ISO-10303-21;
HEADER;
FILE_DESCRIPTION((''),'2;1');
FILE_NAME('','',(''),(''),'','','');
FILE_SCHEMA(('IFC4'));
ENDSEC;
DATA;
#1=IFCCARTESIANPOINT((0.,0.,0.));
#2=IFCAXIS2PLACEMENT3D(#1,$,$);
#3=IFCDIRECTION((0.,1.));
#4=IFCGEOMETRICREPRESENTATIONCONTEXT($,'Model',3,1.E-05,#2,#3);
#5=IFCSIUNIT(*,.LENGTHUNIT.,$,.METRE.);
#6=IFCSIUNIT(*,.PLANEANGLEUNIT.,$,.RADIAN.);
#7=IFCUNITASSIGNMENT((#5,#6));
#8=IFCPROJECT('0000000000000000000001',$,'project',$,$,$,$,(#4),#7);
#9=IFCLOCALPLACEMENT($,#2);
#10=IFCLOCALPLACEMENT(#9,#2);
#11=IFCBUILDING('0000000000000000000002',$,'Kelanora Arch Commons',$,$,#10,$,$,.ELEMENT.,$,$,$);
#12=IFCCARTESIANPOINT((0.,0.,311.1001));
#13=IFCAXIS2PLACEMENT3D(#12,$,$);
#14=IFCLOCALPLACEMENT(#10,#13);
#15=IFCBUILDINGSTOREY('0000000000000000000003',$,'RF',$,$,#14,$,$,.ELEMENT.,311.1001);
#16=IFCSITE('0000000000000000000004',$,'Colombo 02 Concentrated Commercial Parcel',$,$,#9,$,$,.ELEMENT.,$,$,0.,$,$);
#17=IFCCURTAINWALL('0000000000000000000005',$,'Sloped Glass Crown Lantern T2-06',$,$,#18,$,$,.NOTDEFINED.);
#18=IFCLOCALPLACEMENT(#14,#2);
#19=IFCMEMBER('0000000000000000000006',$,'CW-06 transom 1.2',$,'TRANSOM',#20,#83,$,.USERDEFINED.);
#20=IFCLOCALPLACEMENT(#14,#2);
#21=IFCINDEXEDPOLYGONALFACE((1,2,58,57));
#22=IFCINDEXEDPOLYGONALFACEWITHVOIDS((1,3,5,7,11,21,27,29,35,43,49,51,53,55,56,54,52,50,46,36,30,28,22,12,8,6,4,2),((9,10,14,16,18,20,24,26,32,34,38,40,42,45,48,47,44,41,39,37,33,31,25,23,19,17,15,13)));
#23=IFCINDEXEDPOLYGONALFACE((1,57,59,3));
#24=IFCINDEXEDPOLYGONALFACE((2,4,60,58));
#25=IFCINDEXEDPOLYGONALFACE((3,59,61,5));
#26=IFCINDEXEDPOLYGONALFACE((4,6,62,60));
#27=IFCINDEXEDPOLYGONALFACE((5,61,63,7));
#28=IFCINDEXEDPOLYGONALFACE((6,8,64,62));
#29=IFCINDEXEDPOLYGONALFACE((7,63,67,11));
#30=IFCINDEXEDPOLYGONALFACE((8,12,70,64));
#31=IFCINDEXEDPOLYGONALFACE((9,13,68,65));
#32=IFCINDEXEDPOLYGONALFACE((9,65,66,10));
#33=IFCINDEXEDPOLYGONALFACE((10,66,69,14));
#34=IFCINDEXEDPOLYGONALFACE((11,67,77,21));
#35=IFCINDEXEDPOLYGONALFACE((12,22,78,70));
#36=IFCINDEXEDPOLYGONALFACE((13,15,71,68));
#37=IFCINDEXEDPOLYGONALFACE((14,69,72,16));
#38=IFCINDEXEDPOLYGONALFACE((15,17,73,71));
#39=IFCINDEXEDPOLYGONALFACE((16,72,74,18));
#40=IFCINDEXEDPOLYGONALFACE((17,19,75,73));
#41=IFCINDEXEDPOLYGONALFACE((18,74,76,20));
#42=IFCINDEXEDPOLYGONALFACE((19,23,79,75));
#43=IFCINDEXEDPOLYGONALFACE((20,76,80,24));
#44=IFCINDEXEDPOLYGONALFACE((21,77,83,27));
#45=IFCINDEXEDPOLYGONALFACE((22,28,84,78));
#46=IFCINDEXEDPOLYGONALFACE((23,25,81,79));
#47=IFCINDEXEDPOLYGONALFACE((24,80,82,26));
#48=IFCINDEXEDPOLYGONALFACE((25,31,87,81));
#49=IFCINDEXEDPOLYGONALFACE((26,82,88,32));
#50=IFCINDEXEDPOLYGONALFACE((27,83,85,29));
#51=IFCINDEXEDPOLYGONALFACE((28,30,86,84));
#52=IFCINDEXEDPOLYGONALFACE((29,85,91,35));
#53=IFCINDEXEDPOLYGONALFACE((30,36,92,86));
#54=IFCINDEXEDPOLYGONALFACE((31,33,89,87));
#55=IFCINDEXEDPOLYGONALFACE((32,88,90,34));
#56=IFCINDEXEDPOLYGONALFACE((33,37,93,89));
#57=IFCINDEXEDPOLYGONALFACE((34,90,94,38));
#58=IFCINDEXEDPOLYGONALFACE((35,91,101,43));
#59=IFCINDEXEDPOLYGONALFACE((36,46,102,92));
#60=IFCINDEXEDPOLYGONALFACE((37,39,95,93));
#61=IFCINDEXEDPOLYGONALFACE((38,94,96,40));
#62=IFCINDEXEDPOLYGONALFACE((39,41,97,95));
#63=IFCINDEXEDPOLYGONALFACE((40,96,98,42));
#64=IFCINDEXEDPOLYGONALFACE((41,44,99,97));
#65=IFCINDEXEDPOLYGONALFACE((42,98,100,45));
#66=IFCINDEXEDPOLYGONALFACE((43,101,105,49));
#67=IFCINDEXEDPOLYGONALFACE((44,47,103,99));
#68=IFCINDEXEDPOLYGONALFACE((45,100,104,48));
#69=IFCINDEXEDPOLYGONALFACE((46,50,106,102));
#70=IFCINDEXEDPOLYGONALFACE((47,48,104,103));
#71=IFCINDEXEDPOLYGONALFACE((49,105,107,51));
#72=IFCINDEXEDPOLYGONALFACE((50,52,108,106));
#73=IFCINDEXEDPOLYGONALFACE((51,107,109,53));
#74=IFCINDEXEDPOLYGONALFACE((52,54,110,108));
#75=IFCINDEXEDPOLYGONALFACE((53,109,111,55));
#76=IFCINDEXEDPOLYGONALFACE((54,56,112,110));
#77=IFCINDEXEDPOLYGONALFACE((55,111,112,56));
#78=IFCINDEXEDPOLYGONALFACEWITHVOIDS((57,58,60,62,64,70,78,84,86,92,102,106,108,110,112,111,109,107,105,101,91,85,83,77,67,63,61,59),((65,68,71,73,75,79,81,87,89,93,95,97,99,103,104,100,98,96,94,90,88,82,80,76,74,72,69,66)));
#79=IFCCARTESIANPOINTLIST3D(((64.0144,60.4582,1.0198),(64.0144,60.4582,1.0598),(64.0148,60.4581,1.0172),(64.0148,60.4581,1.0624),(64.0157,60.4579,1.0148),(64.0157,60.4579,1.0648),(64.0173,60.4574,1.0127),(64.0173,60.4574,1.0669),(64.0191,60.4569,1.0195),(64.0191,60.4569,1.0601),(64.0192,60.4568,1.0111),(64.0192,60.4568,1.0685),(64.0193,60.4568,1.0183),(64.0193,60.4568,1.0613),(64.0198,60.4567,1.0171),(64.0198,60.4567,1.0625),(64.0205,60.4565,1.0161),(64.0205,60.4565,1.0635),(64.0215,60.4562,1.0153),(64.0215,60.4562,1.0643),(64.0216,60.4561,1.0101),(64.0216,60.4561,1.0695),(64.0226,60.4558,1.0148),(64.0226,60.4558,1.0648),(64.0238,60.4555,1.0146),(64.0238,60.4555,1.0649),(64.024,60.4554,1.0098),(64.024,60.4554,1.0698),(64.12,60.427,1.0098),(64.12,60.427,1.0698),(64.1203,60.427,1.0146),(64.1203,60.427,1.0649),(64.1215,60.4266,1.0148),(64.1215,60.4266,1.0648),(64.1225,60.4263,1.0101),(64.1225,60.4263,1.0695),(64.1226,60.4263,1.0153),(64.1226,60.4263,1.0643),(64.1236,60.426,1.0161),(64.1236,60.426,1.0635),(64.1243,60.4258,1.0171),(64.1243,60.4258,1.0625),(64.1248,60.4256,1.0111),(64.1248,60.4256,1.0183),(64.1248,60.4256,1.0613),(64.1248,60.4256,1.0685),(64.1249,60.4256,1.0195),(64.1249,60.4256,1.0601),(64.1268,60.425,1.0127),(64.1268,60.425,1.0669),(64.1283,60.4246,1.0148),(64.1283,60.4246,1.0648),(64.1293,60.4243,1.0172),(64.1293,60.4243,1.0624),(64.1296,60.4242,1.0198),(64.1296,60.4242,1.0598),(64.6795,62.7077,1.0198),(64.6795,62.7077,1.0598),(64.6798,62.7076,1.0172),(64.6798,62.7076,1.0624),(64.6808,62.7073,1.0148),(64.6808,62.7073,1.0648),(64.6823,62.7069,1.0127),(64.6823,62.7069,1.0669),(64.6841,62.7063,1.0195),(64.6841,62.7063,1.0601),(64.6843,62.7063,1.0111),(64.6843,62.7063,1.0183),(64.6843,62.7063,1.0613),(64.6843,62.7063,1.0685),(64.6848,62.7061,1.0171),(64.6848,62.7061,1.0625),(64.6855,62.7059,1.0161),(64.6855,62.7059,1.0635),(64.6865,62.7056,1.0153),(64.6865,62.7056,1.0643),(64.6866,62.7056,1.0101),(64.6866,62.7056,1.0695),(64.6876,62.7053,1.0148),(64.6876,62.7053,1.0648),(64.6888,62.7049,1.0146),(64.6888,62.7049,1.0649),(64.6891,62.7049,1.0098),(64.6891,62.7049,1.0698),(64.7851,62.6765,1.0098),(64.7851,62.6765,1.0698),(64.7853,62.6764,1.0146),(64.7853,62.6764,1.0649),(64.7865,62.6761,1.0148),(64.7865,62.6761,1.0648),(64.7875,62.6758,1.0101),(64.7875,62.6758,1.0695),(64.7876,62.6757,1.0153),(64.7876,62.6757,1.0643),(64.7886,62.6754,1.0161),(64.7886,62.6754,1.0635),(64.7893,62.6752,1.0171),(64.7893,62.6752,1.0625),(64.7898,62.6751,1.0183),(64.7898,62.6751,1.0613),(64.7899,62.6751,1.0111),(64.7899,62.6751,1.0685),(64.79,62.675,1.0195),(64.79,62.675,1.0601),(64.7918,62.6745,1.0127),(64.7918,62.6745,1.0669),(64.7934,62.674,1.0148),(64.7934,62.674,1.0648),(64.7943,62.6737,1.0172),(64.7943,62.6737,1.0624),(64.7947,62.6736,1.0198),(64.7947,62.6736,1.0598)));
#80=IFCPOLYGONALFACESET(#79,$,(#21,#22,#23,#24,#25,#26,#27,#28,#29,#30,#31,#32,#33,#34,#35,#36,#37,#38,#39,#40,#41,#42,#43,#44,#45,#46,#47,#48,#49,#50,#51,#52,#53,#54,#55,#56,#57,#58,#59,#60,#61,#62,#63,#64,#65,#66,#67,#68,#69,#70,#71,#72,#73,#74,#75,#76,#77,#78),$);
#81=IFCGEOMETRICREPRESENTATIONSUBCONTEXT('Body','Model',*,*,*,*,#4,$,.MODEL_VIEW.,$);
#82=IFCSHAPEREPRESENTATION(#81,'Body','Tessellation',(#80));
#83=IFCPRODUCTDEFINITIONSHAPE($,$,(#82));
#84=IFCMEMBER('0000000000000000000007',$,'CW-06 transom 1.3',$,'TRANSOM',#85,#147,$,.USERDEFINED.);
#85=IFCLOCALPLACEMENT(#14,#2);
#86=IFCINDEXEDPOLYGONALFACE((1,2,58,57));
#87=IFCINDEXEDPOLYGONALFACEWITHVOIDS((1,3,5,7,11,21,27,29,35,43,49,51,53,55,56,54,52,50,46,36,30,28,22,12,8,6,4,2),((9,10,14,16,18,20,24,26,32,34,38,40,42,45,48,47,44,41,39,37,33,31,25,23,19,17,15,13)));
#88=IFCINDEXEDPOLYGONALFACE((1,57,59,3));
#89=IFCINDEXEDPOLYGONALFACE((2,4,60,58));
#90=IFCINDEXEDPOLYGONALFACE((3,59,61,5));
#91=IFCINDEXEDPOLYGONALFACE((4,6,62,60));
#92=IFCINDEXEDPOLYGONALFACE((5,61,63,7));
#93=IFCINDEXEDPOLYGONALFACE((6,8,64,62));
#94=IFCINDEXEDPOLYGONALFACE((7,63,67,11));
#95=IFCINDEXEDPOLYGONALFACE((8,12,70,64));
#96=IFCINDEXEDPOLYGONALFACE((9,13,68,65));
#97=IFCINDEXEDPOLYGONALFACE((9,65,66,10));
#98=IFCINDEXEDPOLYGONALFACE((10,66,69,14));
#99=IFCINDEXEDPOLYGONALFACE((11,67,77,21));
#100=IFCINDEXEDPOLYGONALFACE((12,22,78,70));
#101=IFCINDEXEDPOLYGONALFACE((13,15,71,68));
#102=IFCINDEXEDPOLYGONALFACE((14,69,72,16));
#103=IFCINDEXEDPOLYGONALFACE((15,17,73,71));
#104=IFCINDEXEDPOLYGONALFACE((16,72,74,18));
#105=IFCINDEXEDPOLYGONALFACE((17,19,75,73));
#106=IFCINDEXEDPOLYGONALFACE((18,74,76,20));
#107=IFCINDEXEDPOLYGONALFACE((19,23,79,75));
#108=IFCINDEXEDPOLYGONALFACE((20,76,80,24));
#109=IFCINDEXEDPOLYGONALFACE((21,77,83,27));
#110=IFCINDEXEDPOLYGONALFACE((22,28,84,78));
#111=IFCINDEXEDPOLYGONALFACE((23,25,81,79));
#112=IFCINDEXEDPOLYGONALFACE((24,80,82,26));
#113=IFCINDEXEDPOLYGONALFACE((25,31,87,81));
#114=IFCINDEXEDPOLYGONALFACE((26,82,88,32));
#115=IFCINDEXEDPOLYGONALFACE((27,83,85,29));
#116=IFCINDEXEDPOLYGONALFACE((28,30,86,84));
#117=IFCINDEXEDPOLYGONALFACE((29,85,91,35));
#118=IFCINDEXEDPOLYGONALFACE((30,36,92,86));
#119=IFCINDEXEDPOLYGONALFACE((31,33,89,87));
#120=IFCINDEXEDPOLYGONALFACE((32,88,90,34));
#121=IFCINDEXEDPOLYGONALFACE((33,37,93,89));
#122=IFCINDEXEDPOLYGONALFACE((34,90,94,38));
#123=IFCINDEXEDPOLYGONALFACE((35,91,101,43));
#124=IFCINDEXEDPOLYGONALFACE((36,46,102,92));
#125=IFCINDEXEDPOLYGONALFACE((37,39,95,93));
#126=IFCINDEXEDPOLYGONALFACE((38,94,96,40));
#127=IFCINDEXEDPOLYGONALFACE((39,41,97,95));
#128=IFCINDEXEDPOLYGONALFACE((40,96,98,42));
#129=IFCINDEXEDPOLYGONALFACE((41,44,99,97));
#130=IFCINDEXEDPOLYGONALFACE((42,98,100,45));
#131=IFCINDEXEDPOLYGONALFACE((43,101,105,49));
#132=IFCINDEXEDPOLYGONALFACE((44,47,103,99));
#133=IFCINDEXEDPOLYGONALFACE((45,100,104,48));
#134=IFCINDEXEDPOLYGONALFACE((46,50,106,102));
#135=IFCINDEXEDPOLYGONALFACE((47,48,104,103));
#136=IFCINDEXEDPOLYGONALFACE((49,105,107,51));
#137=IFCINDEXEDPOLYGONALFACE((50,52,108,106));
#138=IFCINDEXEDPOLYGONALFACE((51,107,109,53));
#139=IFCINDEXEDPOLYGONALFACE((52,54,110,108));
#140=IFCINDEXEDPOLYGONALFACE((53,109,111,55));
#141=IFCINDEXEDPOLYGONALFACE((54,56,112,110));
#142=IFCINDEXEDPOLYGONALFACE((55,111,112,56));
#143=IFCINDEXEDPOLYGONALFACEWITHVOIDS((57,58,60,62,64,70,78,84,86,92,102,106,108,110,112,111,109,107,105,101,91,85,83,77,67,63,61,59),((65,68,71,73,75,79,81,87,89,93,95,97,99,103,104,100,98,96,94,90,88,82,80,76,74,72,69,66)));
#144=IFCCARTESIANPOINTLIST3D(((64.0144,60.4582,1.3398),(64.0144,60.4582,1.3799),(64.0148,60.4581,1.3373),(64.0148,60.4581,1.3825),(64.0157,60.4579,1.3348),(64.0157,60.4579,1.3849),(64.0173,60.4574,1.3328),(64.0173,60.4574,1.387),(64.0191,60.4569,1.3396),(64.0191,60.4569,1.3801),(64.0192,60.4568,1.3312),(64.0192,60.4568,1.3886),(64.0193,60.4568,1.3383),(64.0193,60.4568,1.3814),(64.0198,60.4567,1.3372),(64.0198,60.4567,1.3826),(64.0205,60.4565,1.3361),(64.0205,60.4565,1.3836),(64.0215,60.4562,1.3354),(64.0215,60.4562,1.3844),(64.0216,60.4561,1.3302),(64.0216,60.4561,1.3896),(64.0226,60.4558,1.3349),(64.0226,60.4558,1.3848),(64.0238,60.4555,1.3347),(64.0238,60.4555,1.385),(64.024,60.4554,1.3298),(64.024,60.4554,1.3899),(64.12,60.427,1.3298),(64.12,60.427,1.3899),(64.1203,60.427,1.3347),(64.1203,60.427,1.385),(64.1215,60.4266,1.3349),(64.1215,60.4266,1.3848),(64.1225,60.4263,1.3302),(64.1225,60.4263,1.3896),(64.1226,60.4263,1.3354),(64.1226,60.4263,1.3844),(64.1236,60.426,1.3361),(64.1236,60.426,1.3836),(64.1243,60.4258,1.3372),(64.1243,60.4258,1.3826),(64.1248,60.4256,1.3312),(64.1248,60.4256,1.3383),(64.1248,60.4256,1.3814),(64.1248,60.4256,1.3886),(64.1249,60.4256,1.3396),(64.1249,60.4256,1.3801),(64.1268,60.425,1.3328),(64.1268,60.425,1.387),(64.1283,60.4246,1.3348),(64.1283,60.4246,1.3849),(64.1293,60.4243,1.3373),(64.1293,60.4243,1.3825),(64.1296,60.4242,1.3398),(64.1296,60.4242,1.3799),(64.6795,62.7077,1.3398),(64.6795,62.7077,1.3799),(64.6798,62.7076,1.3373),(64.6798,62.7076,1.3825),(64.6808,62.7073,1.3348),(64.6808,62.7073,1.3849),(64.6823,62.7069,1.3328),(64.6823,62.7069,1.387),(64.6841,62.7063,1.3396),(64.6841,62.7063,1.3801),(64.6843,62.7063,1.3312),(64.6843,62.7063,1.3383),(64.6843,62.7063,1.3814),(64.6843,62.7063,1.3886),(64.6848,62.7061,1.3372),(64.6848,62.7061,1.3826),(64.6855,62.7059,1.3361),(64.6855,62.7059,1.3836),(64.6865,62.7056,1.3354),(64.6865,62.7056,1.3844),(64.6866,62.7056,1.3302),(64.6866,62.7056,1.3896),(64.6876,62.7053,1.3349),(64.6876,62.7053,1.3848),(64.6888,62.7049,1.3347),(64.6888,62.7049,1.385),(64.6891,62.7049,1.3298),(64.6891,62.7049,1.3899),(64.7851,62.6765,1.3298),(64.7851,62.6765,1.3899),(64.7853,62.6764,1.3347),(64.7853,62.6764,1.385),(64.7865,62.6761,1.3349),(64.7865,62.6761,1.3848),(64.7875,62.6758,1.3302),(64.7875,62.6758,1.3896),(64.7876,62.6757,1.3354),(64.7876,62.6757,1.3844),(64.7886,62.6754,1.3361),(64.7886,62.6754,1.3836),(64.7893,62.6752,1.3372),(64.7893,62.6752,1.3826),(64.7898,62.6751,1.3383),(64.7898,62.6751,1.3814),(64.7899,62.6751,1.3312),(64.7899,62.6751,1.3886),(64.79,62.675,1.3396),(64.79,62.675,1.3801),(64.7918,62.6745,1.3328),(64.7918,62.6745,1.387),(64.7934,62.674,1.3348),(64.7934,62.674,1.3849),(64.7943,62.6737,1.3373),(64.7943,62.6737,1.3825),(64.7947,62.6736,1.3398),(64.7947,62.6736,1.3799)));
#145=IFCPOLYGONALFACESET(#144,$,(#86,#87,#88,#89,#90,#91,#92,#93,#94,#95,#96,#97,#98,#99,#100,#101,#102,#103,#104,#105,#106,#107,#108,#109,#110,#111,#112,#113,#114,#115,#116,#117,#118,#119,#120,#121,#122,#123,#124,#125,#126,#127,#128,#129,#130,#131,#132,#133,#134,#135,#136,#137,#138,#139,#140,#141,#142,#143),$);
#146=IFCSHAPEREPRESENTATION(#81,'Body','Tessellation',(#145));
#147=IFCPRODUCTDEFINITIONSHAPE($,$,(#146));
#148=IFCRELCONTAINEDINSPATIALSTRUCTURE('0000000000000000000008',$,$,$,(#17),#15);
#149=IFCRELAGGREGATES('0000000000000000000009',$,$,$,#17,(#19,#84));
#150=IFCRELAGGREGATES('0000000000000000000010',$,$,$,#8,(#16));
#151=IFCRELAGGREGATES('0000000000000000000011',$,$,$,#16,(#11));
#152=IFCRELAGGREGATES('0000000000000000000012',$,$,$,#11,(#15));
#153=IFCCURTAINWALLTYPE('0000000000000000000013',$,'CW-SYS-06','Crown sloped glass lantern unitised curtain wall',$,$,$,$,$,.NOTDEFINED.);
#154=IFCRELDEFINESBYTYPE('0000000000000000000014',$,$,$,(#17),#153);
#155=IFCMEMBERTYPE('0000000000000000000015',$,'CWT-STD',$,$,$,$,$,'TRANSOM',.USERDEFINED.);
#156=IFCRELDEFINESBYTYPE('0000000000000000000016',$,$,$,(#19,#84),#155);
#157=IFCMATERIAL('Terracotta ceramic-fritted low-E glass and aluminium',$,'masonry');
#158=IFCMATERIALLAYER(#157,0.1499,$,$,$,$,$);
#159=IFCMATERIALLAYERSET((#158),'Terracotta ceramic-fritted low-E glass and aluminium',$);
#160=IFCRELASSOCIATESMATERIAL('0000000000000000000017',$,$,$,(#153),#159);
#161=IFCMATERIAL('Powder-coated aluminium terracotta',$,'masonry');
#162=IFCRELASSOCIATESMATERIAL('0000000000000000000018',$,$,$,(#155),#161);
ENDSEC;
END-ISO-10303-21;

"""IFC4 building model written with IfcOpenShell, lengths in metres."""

from ifc_helpers import new_model, si_unit, direction, frame, origin, origin_2d, place, context, subcontext, project, spatial, hollow_rectangle, extrude, material, layer, layer_set, material_profile, profile_set, type_object, element, aggregate, save


model = new_model("IFC4")

# Units and contexts
model_context = context("Model", 3, precision=1e-05, world=origin(), true_north=direction((0.0, 1.0)))
body_context = subcontext(model_context, "Body", "Model", "MODEL_VIEW")
ifc_project = project(units=[si_unit("LENGTHUNIT", "METRE"), si_unit("PLANEANGLEUNIT", "RADIAN")], contexts=[model_context])

# Site, building, storey
site_placement = place(None, origin())
site = spatial("IfcSite", under=ifc_project, at=site_placement, Name="Colombo 02 Concentrated Commercial Parcel", CompositionType="ELEMENT", RefElevation=0.0)
building_placement = place(site_placement, origin())
building = spatial("IfcBuilding", under=site, at=building_placement, Name="Kelanora Arch Commons", CompositionType="ELEMENT")
storey_placement = place(building_placement, frame((0.0, 0.0, 311.1001)))
storey = spatial("IfcBuildingStorey", under=building, at=storey_placement, Name="RF", CompositionType="ELEMENT", Elevation=311.1001)

# Curtain wall
ifc_material_1 = material(Name="Terracotta ceramic-fritted low-E glass and aluminium", Category="masonry")
ifc_layer_1 = layer(ifc_material_1, 0.1499)
ifc_layer_set_1 = layer_set([ifc_layer_1], Name="Terracotta ceramic-fritted low-E glass and aluminium")
curtain_wall_type = type_object("IfcCurtainWallType", Name="CW-SYS-06", Description="Crown sloped glass lantern unitised curtain wall", PredefinedType="NOTDEFINED", material=ifc_layer_set_1)
ifc_material_2 = material(Name="Powder-coated aluminium terracotta", Category="masonry")
curtain_wall_1_placement = place(storey_placement, origin())
curtain_wall_1 = element("IfcCurtainWall", 1, at=curtain_wall_1_placement, inside=storey, type_object=curtain_wall_type, Name="Sloped Glass Crown Lantern T2-06", PredefinedType="NOTDEFINED")

# Members
ifc_material_profile_1 = material_profile(ifc_material_2, hollow_rectangle(XDim=0.1201, YDim=0.0601, WallThickness=0.0049, InnerFilletRadius=0.0049, OuterFilletRadius=0.01, at=origin_2d()), Name="CWT120x60")
ifc_profile_set_1 = profile_set([ifc_material_profile_1], Name="Powder-coated aluminium terracotta")
member_type_1 = type_object("IfcMemberType", Name="CWT-STD", ElementType="TRANSOM", PredefinedType="USERDEFINED", material=ifc_profile_set_1)
member_1_placement = place(storey_placement, frame((64.7371, 62.6907, 1.0398), z_axis=(-0.283507, -0.95897, 0.0), x_axis=(0.95897, -0.283507, 0.0)))
member_1 = element("IfcMember", 2, at=member_1_placement, type_object=member_type_1, Name="CW-06 transom 1.2", ObjectType="TRANSOM", PredefinedType="USERDEFINED", context=body_context, shape_type="SweptSolid", body=[
    extrude(hollow_rectangle(XDim=0.1201, YDim=0.0601, WallThickness=0.0049, InnerFilletRadius=0.0049, OuterFilletRadius=0.01, at=origin_2d()), origin(), (0.0, 0.0, 1.0), 2.3457),
])
member_2_placement = place(storey_placement, frame((64.7371, 62.6907, 1.3599), z_axis=(-0.283507, -0.95897, 0.0), x_axis=(0.95897, -0.283507, 0.0)))
member_2 = element("IfcMember", 3, at=member_2_placement, type_object=member_type_1, Name="CW-06 transom 1.3", ObjectType="TRANSOM", PredefinedType="USERDEFINED", context=body_context, shape_type="SweptSolid", body=[
    extrude(hollow_rectangle(XDim=0.1201, YDim=0.0601, WallThickness=0.0049, InnerFilletRadius=0.0049, OuterFilletRadius=0.01, at=origin_2d()), origin(), (0.0, 0.0, 1.0), 2.3457),
])

aggregate(curtain_wall_1, [member_1, member_2])

save(model, "model.ifc")
